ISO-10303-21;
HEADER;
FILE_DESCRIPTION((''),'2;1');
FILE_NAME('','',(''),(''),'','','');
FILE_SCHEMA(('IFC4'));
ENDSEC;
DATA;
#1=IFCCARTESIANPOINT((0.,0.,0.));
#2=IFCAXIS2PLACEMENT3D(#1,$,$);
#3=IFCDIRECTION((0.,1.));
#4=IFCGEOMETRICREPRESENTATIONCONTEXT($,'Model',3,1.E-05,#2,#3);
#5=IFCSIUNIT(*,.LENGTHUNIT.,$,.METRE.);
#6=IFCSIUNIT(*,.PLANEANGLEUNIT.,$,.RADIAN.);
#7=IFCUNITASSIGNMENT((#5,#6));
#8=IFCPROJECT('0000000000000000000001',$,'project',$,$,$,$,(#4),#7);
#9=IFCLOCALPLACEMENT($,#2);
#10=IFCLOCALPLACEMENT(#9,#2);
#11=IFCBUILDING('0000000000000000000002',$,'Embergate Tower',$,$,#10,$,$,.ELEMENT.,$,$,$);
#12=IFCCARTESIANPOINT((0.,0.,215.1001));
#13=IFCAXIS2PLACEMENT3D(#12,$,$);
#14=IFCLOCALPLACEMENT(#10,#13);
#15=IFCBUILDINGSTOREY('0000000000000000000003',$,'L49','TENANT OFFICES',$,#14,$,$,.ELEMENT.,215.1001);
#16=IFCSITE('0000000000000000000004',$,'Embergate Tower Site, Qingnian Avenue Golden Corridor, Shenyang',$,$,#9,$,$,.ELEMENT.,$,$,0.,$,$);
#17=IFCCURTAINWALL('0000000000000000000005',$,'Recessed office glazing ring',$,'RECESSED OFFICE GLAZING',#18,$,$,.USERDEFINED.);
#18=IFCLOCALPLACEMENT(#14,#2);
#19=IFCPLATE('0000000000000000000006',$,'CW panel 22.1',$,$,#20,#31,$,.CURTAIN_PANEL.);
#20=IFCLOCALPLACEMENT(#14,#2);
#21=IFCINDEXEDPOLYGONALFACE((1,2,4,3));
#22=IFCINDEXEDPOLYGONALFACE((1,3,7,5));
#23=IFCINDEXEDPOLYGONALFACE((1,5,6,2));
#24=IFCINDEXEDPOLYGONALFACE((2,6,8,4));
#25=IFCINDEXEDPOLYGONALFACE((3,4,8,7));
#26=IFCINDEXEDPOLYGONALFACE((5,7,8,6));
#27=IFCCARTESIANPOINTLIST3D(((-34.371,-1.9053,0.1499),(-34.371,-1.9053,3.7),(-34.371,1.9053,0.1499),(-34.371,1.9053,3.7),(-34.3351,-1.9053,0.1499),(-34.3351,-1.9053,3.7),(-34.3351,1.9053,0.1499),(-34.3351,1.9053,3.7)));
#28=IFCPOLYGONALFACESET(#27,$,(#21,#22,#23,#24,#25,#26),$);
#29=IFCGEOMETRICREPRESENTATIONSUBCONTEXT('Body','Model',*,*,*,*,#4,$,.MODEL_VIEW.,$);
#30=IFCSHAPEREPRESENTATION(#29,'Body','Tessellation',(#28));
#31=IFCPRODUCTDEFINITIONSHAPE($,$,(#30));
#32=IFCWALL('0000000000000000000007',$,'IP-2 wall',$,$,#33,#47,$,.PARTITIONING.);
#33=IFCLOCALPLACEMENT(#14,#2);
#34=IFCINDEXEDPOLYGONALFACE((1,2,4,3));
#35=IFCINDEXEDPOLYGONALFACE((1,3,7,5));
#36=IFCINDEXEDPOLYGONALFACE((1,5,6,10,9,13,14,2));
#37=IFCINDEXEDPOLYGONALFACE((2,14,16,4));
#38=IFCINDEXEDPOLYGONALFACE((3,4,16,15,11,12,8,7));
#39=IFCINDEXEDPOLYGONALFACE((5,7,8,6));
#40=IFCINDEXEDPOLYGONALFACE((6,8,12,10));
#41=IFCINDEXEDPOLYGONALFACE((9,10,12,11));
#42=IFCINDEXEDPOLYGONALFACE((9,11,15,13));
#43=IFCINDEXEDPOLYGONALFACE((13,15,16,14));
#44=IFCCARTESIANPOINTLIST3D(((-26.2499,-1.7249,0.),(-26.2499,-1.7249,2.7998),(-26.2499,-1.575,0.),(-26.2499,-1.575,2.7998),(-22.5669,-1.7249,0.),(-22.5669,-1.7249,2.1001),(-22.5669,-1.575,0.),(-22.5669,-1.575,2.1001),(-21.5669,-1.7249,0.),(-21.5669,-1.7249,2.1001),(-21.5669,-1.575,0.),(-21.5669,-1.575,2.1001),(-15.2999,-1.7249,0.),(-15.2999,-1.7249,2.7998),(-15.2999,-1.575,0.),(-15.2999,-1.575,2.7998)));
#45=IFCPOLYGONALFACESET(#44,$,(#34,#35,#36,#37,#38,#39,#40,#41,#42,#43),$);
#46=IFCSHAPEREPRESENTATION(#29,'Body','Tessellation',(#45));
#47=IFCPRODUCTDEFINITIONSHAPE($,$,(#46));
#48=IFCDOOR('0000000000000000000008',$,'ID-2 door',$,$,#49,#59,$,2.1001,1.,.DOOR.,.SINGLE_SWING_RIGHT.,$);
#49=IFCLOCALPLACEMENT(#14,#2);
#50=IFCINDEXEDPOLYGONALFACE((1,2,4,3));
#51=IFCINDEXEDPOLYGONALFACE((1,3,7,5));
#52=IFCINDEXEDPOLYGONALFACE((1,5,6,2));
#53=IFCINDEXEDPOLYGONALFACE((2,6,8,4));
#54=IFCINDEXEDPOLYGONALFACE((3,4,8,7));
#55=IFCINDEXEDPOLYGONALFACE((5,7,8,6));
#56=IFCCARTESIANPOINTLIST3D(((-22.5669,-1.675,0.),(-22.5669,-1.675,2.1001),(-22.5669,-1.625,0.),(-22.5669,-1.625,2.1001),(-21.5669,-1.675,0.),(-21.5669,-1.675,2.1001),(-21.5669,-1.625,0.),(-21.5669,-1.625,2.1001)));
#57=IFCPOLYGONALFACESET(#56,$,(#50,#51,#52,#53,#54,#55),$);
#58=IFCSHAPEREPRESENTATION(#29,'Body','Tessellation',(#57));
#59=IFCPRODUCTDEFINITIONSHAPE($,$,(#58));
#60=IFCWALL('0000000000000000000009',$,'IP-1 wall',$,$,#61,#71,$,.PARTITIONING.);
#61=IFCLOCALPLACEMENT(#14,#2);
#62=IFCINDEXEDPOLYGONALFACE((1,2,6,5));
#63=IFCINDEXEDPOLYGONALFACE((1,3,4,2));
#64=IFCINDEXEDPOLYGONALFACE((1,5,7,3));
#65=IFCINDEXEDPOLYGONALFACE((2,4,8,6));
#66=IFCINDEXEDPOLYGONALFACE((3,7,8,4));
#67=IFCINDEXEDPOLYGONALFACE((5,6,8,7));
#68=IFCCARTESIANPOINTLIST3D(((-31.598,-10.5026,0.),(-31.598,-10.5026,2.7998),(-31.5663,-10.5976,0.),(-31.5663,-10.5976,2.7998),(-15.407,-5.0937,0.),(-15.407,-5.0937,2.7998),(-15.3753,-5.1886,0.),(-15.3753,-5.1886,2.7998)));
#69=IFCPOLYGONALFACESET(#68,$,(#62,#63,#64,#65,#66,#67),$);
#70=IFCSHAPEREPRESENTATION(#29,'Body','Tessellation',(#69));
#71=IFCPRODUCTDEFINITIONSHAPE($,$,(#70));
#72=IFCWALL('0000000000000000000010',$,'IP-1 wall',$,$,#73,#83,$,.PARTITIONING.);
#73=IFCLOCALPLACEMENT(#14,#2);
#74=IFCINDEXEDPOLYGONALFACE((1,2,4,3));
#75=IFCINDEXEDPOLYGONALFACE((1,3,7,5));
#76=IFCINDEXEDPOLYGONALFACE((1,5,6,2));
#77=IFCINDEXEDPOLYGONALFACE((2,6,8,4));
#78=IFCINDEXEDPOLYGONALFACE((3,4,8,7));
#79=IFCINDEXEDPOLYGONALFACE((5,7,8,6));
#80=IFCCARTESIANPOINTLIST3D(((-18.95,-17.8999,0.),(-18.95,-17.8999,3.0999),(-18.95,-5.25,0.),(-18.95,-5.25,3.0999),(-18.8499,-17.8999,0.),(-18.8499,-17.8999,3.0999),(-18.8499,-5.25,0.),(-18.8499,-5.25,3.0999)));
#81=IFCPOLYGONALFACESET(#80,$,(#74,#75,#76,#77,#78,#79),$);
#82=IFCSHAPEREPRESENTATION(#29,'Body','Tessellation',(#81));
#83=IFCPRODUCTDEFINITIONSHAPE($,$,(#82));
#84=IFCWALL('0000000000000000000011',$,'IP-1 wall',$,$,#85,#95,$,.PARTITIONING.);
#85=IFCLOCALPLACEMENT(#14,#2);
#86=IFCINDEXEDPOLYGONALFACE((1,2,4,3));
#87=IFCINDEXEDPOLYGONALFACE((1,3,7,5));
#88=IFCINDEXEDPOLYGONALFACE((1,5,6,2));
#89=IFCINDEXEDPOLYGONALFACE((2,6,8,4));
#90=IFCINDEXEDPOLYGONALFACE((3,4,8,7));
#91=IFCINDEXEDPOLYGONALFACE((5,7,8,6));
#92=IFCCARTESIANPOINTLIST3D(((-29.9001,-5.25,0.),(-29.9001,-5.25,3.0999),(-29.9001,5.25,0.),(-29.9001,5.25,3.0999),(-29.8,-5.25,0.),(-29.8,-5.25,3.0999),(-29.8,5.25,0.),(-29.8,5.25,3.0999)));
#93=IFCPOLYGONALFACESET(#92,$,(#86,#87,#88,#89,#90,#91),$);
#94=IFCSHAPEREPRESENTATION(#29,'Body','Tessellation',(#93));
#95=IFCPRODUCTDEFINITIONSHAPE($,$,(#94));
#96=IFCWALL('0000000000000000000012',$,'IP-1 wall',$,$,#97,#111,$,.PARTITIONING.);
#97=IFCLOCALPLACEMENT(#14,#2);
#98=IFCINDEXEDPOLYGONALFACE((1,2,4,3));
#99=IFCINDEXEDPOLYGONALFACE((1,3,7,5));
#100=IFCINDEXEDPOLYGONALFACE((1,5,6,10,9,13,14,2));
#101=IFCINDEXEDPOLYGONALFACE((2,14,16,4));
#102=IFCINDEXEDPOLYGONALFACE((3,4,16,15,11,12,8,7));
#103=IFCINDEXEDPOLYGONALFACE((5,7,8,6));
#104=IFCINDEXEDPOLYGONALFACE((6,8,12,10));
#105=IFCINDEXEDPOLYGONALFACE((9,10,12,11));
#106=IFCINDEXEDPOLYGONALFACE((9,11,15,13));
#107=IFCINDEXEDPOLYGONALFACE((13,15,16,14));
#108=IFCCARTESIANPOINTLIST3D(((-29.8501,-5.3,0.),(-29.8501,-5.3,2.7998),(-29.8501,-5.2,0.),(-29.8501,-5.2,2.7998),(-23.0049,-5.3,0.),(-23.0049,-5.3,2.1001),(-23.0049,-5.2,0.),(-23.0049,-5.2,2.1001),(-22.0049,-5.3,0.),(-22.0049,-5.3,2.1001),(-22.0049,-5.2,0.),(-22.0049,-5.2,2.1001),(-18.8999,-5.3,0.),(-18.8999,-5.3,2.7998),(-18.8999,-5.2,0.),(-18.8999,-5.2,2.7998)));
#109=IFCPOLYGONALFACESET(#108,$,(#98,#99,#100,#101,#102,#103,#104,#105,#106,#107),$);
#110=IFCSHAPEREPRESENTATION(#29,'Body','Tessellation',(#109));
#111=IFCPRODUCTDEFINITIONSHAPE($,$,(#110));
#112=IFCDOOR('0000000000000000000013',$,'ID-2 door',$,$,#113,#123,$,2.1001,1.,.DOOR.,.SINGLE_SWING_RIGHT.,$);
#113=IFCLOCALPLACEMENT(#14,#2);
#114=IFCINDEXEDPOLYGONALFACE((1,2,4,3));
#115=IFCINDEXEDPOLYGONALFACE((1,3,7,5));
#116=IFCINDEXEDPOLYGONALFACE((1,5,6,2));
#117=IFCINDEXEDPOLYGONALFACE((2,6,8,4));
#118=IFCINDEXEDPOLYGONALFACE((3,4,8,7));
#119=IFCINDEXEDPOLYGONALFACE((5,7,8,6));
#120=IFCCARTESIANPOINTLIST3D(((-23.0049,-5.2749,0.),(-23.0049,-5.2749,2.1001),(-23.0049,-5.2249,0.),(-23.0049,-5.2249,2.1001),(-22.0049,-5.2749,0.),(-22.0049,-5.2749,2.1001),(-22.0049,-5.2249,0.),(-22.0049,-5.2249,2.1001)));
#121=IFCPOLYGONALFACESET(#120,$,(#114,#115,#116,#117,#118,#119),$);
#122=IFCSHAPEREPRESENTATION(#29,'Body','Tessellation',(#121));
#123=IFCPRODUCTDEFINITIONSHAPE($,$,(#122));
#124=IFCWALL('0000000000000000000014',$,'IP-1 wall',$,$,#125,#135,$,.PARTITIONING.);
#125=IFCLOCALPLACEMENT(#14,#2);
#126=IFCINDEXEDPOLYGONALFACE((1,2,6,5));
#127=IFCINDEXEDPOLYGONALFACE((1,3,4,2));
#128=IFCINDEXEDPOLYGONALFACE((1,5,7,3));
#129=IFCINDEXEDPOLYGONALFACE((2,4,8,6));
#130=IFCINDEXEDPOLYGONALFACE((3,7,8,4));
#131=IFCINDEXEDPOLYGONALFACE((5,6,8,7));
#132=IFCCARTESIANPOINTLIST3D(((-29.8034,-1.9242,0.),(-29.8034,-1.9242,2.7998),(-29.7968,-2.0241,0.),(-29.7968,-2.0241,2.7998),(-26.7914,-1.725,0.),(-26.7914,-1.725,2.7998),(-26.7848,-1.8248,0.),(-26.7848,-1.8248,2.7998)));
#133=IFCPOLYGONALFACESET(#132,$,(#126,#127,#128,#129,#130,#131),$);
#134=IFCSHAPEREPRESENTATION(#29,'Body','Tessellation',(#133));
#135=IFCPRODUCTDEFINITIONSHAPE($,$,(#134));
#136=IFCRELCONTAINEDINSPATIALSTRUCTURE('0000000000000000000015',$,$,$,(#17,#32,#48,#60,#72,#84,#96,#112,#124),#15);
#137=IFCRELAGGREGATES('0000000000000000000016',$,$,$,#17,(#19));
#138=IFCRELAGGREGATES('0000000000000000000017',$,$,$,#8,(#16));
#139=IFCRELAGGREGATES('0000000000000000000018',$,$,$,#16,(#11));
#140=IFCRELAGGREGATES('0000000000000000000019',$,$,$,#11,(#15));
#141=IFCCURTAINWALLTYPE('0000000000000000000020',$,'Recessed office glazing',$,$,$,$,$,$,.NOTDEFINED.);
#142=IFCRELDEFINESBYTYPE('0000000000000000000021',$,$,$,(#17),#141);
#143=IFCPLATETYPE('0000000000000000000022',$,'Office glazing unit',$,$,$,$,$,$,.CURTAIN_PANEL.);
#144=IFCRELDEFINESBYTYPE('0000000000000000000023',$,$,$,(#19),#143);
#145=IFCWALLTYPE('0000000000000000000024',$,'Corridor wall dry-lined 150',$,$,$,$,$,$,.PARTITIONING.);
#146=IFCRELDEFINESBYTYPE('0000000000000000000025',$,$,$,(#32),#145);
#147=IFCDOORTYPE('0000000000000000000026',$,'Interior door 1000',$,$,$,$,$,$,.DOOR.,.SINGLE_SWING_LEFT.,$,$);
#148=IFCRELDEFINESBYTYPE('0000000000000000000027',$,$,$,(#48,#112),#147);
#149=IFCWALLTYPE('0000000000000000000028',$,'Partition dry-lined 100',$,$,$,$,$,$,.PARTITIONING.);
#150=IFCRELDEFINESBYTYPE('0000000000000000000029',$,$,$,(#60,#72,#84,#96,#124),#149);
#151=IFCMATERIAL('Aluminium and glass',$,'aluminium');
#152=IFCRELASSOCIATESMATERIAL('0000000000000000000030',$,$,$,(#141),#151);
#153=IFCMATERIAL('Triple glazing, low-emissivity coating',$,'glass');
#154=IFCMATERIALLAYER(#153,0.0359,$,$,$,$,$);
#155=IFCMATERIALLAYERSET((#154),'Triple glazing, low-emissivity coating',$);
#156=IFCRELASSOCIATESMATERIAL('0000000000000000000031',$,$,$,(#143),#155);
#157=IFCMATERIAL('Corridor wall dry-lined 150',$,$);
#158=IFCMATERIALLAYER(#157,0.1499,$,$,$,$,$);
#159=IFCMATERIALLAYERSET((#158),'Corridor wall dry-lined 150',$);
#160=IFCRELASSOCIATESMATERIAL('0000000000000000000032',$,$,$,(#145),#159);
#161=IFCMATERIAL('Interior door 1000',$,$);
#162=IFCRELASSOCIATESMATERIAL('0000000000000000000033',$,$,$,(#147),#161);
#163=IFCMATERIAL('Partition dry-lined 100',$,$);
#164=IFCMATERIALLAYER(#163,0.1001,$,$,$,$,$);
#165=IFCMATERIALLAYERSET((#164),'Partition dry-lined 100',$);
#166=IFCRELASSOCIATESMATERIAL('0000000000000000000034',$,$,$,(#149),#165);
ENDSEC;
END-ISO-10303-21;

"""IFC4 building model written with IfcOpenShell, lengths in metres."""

from ifc_helpers import new_model, si_unit, direction, frame, frame_2d, origin, origin_2d, place, context, subcontext, project, spatial, rectangle, extrude, source, transform, mapped, material, layer, layer_set, type_object, element, fill, aggregate, save


model = new_model("IFC4")

# Units and contexts
model_context = context("Model", 3, precision=1e-05, world=origin(), true_north=direction((0.0, 1.0)))
body_context = subcontext(model_context, "Body", "Model", "MODEL_VIEW")
ifc_project = project(units=[si_unit("LENGTHUNIT", "METRE"), si_unit("PLANEANGLEUNIT", "RADIAN")], contexts=[model_context])

# Site, building, storey
site_placement = place(None, origin())
site = spatial("IfcSite", under=ifc_project, at=site_placement, Name="Embergate Tower Site, Qingnian Avenue Golden Corridor, Shenyang", CompositionType="ELEMENT", RefElevation=0.0)
building_placement = place(site_placement, origin())
building = spatial("IfcBuilding", under=site, at=building_placement, Name="Embergate Tower", CompositionType="ELEMENT")
storey_placement = place(building_placement, frame((0.0, 0.0, 215.1001)))
storey = spatial("IfcBuildingStorey", under=building, at=storey_placement, Name="L49", Description="TENANT OFFICES", CompositionType="ELEMENT", Elevation=215.1001)

# Curtain wall, plate
ifc_material_1 = material(Name="Aluminium and glass", Category="aluminium")
curtain_wall_type = type_object("IfcCurtainWallType", Name="Recessed office glazing", PredefinedType="NOTDEFINED", material=ifc_material_1)
curtain_wall_placement = place(storey_placement, origin())
curtain_wall = element("IfcCurtainWall", 1, at=curtain_wall_placement, inside=storey, type_object=curtain_wall_type, Name="Recessed office glazing ring", ObjectType="RECESSED OFFICE GLAZING", PredefinedType="USERDEFINED")
ifc_material_2 = material(Name="Triple glazing, low-emissivity coating", Category="glass")
ifc_layer_1 = layer(ifc_material_2, 0.0359)
ifc_layer_set_1 = layer_set([ifc_layer_1], Name="Triple glazing, low-emissivity coating")
plate_type = type_object("IfcPlateType", Name="Office glazing unit", PredefinedType="CURTAIN_PANEL", material=ifc_layer_set_1)
shared_shape_1 = source(origin(), body_context, "Body", "SweptSolid", [
    extrude(rectangle(XDim=3.8105, YDim=0.0359, at=origin_2d()), origin(), (0.0, 0.0, 1.0), 3.55),
])
plate_1_placement = place(storey_placement, frame((-34.353, 0.0, 0.1499), z_axis=(0.0, 0.0, 1.0), x_axis=(0.0, -1.0, 0.0)))
plate_1 = element("IfcPlate", 2, at=plate_1_placement, type_object=plate_type, Name="CW panel 22.1", PredefinedType="CURTAIN_PANEL", context=body_context, shape_type="MappedRepresentation", body=[
    mapped(shared_shape_1, transform((0.0, 0.0, 0.0))),
])
aggregate(curtain_wall, [plate_1])

# Wall, opening, door
ifc_material_3 = material(Name="Corridor wall dry-lined 150")
ifc_layer_2 = layer(ifc_material_3, 0.1499)
ifc_layer_set_2 = layer_set([ifc_layer_2], Name="Corridor wall dry-lined 150")
wall_type_1 = type_object("IfcWallType", Name="Corridor wall dry-lined 150", PredefinedType="PARTITIONING", material=ifc_layer_set_2)
shared_shape_2 = source(origin(), body_context, "Body", "SweptSolid", [
    extrude(rectangle(XDim=10.95, YDim=0.1499, at=frame_2d((5.4751, 0.0))), origin(), (0.0, 0.0, 1.0), 2.7998),
])
wall_1_placement = place(storey_placement, frame((-26.25, -1.6499, 0.0), z_axis=(0.0, 0.0, 1.0), x_axis=(1.0, 0.0, 0.0)))
wall_1 = element("IfcWall", 3, at=wall_1_placement, inside=storey, type_object=wall_type_1, Name="IP-2 wall", PredefinedType="PARTITIONING", context=body_context, shape_type="MappedRepresentation", body=[
    mapped(shared_shape_2, transform((0.0, 0.0, 0.0))),
])
shared_shape_3 = source(origin(), body_context, "Body", "SweptSolid", [
    extrude(rectangle(XDim=1.0, YDim=2.1001, at=frame_2d((0.5, 1.05))), frame((0.0, 0.085, 0.0), z_axis=(0.0, -1.0, 0.0), x_axis=(1.0, 0.0, 0.0)), (0.0, 0.0, 1.0), 0.1699),
])
opening_1_placement = place(wall_1_placement, frame((3.6831, 0.0, 0.0)))
opening_1 = element("IfcOpeningElement", 4, at=opening_1_placement, cuts=wall_1, PredefinedType="OPENING", context=body_context, shape_type="MappedRepresentation", body=[
    mapped(shared_shape_3, transform((0.0, 0.0, 0.0))),
])
ifc_material_4 = material(Name="Interior door 1000")
door_type = type_object("IfcDoorType", Name="Interior door 1000", OperationType="SINGLE_SWING_LEFT", PredefinedType="DOOR", material=ifc_material_4)
shared_shape_4 = source(origin(), body_context, "Body", "SweptSolid", [
    extrude(rectangle(XDim=1.0, YDim=2.1001, at=frame_2d((0.5, 1.05))), frame((0.0, 0.0249, 0.0), z_axis=(0.0, -1.0, 0.0), x_axis=(1.0, 0.0, 0.0)), (0.0, 0.0, 1.0), 0.05),
])
door_1_placement = place(opening_1_placement, origin())
door_1 = element("IfcDoor", 5, at=door_1_placement, inside=storey, type_object=door_type, Name="ID-2 door", OperationType="SINGLE_SWING_RIGHT", OverallHeight=2.1001, OverallWidth=1.0, PredefinedType="DOOR", context=body_context, shape_type="MappedRepresentation", body=[
    mapped(shared_shape_4, transform((0.0, 0.0, 0.0))),
])
fill(opening_1, door_1)

# Walls
ifc_material_5 = material(Name="Partition dry-lined 100")
ifc_layer_3 = layer(ifc_material_5, 0.1001)
ifc_layer_set_3 = layer_set([ifc_layer_3], Name="Partition dry-lined 100")
wall_type_2 = type_object("IfcWallType", Name="Partition dry-lined 100", PredefinedType="PARTITIONING", material=ifc_layer_set_3)
shared_shape_5 = source(origin(), body_context, "Body", "SweptSolid", [
    extrude(rectangle(XDim=17.0706, YDim=0.1001, at=frame_2d((8.5352, 0.0))), origin(), (0.0, 0.0, 1.0), 2.7998),
])
wall_2_placement = place(storey_placement, frame((-31.582, -10.55, 0.0), z_axis=(0.0, 0.0, 1.0), x_axis=(0.948473, 0.316858, 0.0)))
element("IfcWall", 6, at=wall_2_placement, inside=storey, type_object=wall_type_2, Name="IP-1 wall", PredefinedType="PARTITIONING", context=body_context, shape_type="MappedRepresentation", body=[
    mapped(shared_shape_5, transform((0.0, 0.0, 0.0))),
])
shared_shape_6 = source(origin(), body_context, "Body", "SweptSolid", [
    extrude(rectangle(XDim=12.6499, YDim=0.1001, at=frame_2d((6.325, 0.0))), origin(), (0.0, 0.0, 1.0), 3.0999),
])
wall_3_placement = place(storey_placement, frame((-18.8999, -5.25, 0.0), z_axis=(0.0, 0.0, 1.0), x_axis=(0.0, -1.0, 0.0)))
element("IfcWall", 7, at=wall_3_placement, inside=storey, type_object=wall_type_2, Name="IP-1 wall", PredefinedType="PARTITIONING", context=body_context, shape_type="MappedRepresentation", body=[
    mapped(shared_shape_6, transform((0.0, 0.0, 0.0))),
])
shared_shape_7 = source(origin(), body_context, "Body", "SweptSolid", [
    extrude(rectangle(XDim=10.5, YDim=0.1001, at=frame_2d((5.25, 0.0))), origin(), (0.0, 0.0, 1.0), 3.0999),
])
wall_4_placement = place(storey_placement, frame((-29.8501, -5.25, 0.0), z_axis=(0.0, 0.0, 1.0), x_axis=(0.0, 1.0, 0.0)))
element("IfcWall", 8, at=wall_4_placement, inside=storey, type_object=wall_type_2, Name="IP-1 wall", PredefinedType="PARTITIONING", context=body_context, shape_type="MappedRepresentation", body=[
    mapped(shared_shape_7, transform((0.0, 0.0, 0.0))),
])

# Wall, opening, door
shared_shape_8 = source(origin(), body_context, "Body", "SweptSolid", [
    extrude(rectangle(XDim=10.9502, YDim=0.1001, at=frame_2d((5.4751, 0.0))), origin(), (0.0, 0.0, 1.0), 2.7998),
])
wall_5_placement = place(storey_placement, frame((-18.8999, -5.25, 0.0), z_axis=(0.0, 0.0, 1.0), x_axis=(-1.0, 0.0, 0.0)))
wall_5 = element("IfcWall", 9, at=wall_5_placement, inside=storey, type_object=wall_type_2, Name="IP-1 wall", PredefinedType="PARTITIONING", context=body_context, shape_type="MappedRepresentation", body=[
    mapped(shared_shape_8, transform((0.0, 0.0, 0.0))),
])
shared_shape_9 = source(origin(), body_context, "Body", "SweptSolid", [
    extrude(rectangle(XDim=1.0, YDim=2.1001, at=frame_2d((0.5, 1.05))), frame((0.0, 0.0601, 0.0), z_axis=(0.0, -1.0, 0.0), x_axis=(1.0, 0.0, 0.0)), (0.0, 0.0, 1.0), 0.1201),
])
opening_2_placement = place(wall_5_placement, frame((3.105, 0.0, 0.0)))
opening_2 = element("IfcOpeningElement", 10, at=opening_2_placement, cuts=wall_5, PredefinedType="OPENING", context=body_context, shape_type="MappedRepresentation", body=[
    mapped(shared_shape_9, transform((0.0, 0.0, 0.0))),
])
door_2_placement = place(opening_2_placement, origin())
door_2 = element("IfcDoor", 11, at=door_2_placement, inside=storey, type_object=door_type, Name="ID-2 door", OperationType="SINGLE_SWING_RIGHT", OverallHeight=2.1001, OverallWidth=1.0, PredefinedType="DOOR", context=body_context, shape_type="MappedRepresentation", body=[
    mapped(shared_shape_4, transform((0.0, 0.0, 0.0))),
])
fill(opening_2, door_2)

# Wall
shared_shape_10 = source(origin(), body_context, "Body", "SweptSolid", [
    extrude(rectangle(XDim=3.0186, YDim=0.1001, at=frame_2d((1.5093, 0.0))), origin(), (0.0, 0.0, 1.0), 2.7998),
])
wall_6_placement = place(storey_placement, frame((-26.7881, -1.7749, 0.0), z_axis=(0.0, 0.0, 1.0), x_axis=(-0.99782, -0.065998, 0.0)))
element("IfcWall", 12, at=wall_6_placement, inside=storey, type_object=wall_type_2, Name="IP-1 wall", PredefinedType="PARTITIONING", context=body_context, shape_type="MappedRepresentation", body=[
    mapped(shared_shape_10, transform((0.0, 0.0, 0.0))),
])

save(model, "model.ifc")
